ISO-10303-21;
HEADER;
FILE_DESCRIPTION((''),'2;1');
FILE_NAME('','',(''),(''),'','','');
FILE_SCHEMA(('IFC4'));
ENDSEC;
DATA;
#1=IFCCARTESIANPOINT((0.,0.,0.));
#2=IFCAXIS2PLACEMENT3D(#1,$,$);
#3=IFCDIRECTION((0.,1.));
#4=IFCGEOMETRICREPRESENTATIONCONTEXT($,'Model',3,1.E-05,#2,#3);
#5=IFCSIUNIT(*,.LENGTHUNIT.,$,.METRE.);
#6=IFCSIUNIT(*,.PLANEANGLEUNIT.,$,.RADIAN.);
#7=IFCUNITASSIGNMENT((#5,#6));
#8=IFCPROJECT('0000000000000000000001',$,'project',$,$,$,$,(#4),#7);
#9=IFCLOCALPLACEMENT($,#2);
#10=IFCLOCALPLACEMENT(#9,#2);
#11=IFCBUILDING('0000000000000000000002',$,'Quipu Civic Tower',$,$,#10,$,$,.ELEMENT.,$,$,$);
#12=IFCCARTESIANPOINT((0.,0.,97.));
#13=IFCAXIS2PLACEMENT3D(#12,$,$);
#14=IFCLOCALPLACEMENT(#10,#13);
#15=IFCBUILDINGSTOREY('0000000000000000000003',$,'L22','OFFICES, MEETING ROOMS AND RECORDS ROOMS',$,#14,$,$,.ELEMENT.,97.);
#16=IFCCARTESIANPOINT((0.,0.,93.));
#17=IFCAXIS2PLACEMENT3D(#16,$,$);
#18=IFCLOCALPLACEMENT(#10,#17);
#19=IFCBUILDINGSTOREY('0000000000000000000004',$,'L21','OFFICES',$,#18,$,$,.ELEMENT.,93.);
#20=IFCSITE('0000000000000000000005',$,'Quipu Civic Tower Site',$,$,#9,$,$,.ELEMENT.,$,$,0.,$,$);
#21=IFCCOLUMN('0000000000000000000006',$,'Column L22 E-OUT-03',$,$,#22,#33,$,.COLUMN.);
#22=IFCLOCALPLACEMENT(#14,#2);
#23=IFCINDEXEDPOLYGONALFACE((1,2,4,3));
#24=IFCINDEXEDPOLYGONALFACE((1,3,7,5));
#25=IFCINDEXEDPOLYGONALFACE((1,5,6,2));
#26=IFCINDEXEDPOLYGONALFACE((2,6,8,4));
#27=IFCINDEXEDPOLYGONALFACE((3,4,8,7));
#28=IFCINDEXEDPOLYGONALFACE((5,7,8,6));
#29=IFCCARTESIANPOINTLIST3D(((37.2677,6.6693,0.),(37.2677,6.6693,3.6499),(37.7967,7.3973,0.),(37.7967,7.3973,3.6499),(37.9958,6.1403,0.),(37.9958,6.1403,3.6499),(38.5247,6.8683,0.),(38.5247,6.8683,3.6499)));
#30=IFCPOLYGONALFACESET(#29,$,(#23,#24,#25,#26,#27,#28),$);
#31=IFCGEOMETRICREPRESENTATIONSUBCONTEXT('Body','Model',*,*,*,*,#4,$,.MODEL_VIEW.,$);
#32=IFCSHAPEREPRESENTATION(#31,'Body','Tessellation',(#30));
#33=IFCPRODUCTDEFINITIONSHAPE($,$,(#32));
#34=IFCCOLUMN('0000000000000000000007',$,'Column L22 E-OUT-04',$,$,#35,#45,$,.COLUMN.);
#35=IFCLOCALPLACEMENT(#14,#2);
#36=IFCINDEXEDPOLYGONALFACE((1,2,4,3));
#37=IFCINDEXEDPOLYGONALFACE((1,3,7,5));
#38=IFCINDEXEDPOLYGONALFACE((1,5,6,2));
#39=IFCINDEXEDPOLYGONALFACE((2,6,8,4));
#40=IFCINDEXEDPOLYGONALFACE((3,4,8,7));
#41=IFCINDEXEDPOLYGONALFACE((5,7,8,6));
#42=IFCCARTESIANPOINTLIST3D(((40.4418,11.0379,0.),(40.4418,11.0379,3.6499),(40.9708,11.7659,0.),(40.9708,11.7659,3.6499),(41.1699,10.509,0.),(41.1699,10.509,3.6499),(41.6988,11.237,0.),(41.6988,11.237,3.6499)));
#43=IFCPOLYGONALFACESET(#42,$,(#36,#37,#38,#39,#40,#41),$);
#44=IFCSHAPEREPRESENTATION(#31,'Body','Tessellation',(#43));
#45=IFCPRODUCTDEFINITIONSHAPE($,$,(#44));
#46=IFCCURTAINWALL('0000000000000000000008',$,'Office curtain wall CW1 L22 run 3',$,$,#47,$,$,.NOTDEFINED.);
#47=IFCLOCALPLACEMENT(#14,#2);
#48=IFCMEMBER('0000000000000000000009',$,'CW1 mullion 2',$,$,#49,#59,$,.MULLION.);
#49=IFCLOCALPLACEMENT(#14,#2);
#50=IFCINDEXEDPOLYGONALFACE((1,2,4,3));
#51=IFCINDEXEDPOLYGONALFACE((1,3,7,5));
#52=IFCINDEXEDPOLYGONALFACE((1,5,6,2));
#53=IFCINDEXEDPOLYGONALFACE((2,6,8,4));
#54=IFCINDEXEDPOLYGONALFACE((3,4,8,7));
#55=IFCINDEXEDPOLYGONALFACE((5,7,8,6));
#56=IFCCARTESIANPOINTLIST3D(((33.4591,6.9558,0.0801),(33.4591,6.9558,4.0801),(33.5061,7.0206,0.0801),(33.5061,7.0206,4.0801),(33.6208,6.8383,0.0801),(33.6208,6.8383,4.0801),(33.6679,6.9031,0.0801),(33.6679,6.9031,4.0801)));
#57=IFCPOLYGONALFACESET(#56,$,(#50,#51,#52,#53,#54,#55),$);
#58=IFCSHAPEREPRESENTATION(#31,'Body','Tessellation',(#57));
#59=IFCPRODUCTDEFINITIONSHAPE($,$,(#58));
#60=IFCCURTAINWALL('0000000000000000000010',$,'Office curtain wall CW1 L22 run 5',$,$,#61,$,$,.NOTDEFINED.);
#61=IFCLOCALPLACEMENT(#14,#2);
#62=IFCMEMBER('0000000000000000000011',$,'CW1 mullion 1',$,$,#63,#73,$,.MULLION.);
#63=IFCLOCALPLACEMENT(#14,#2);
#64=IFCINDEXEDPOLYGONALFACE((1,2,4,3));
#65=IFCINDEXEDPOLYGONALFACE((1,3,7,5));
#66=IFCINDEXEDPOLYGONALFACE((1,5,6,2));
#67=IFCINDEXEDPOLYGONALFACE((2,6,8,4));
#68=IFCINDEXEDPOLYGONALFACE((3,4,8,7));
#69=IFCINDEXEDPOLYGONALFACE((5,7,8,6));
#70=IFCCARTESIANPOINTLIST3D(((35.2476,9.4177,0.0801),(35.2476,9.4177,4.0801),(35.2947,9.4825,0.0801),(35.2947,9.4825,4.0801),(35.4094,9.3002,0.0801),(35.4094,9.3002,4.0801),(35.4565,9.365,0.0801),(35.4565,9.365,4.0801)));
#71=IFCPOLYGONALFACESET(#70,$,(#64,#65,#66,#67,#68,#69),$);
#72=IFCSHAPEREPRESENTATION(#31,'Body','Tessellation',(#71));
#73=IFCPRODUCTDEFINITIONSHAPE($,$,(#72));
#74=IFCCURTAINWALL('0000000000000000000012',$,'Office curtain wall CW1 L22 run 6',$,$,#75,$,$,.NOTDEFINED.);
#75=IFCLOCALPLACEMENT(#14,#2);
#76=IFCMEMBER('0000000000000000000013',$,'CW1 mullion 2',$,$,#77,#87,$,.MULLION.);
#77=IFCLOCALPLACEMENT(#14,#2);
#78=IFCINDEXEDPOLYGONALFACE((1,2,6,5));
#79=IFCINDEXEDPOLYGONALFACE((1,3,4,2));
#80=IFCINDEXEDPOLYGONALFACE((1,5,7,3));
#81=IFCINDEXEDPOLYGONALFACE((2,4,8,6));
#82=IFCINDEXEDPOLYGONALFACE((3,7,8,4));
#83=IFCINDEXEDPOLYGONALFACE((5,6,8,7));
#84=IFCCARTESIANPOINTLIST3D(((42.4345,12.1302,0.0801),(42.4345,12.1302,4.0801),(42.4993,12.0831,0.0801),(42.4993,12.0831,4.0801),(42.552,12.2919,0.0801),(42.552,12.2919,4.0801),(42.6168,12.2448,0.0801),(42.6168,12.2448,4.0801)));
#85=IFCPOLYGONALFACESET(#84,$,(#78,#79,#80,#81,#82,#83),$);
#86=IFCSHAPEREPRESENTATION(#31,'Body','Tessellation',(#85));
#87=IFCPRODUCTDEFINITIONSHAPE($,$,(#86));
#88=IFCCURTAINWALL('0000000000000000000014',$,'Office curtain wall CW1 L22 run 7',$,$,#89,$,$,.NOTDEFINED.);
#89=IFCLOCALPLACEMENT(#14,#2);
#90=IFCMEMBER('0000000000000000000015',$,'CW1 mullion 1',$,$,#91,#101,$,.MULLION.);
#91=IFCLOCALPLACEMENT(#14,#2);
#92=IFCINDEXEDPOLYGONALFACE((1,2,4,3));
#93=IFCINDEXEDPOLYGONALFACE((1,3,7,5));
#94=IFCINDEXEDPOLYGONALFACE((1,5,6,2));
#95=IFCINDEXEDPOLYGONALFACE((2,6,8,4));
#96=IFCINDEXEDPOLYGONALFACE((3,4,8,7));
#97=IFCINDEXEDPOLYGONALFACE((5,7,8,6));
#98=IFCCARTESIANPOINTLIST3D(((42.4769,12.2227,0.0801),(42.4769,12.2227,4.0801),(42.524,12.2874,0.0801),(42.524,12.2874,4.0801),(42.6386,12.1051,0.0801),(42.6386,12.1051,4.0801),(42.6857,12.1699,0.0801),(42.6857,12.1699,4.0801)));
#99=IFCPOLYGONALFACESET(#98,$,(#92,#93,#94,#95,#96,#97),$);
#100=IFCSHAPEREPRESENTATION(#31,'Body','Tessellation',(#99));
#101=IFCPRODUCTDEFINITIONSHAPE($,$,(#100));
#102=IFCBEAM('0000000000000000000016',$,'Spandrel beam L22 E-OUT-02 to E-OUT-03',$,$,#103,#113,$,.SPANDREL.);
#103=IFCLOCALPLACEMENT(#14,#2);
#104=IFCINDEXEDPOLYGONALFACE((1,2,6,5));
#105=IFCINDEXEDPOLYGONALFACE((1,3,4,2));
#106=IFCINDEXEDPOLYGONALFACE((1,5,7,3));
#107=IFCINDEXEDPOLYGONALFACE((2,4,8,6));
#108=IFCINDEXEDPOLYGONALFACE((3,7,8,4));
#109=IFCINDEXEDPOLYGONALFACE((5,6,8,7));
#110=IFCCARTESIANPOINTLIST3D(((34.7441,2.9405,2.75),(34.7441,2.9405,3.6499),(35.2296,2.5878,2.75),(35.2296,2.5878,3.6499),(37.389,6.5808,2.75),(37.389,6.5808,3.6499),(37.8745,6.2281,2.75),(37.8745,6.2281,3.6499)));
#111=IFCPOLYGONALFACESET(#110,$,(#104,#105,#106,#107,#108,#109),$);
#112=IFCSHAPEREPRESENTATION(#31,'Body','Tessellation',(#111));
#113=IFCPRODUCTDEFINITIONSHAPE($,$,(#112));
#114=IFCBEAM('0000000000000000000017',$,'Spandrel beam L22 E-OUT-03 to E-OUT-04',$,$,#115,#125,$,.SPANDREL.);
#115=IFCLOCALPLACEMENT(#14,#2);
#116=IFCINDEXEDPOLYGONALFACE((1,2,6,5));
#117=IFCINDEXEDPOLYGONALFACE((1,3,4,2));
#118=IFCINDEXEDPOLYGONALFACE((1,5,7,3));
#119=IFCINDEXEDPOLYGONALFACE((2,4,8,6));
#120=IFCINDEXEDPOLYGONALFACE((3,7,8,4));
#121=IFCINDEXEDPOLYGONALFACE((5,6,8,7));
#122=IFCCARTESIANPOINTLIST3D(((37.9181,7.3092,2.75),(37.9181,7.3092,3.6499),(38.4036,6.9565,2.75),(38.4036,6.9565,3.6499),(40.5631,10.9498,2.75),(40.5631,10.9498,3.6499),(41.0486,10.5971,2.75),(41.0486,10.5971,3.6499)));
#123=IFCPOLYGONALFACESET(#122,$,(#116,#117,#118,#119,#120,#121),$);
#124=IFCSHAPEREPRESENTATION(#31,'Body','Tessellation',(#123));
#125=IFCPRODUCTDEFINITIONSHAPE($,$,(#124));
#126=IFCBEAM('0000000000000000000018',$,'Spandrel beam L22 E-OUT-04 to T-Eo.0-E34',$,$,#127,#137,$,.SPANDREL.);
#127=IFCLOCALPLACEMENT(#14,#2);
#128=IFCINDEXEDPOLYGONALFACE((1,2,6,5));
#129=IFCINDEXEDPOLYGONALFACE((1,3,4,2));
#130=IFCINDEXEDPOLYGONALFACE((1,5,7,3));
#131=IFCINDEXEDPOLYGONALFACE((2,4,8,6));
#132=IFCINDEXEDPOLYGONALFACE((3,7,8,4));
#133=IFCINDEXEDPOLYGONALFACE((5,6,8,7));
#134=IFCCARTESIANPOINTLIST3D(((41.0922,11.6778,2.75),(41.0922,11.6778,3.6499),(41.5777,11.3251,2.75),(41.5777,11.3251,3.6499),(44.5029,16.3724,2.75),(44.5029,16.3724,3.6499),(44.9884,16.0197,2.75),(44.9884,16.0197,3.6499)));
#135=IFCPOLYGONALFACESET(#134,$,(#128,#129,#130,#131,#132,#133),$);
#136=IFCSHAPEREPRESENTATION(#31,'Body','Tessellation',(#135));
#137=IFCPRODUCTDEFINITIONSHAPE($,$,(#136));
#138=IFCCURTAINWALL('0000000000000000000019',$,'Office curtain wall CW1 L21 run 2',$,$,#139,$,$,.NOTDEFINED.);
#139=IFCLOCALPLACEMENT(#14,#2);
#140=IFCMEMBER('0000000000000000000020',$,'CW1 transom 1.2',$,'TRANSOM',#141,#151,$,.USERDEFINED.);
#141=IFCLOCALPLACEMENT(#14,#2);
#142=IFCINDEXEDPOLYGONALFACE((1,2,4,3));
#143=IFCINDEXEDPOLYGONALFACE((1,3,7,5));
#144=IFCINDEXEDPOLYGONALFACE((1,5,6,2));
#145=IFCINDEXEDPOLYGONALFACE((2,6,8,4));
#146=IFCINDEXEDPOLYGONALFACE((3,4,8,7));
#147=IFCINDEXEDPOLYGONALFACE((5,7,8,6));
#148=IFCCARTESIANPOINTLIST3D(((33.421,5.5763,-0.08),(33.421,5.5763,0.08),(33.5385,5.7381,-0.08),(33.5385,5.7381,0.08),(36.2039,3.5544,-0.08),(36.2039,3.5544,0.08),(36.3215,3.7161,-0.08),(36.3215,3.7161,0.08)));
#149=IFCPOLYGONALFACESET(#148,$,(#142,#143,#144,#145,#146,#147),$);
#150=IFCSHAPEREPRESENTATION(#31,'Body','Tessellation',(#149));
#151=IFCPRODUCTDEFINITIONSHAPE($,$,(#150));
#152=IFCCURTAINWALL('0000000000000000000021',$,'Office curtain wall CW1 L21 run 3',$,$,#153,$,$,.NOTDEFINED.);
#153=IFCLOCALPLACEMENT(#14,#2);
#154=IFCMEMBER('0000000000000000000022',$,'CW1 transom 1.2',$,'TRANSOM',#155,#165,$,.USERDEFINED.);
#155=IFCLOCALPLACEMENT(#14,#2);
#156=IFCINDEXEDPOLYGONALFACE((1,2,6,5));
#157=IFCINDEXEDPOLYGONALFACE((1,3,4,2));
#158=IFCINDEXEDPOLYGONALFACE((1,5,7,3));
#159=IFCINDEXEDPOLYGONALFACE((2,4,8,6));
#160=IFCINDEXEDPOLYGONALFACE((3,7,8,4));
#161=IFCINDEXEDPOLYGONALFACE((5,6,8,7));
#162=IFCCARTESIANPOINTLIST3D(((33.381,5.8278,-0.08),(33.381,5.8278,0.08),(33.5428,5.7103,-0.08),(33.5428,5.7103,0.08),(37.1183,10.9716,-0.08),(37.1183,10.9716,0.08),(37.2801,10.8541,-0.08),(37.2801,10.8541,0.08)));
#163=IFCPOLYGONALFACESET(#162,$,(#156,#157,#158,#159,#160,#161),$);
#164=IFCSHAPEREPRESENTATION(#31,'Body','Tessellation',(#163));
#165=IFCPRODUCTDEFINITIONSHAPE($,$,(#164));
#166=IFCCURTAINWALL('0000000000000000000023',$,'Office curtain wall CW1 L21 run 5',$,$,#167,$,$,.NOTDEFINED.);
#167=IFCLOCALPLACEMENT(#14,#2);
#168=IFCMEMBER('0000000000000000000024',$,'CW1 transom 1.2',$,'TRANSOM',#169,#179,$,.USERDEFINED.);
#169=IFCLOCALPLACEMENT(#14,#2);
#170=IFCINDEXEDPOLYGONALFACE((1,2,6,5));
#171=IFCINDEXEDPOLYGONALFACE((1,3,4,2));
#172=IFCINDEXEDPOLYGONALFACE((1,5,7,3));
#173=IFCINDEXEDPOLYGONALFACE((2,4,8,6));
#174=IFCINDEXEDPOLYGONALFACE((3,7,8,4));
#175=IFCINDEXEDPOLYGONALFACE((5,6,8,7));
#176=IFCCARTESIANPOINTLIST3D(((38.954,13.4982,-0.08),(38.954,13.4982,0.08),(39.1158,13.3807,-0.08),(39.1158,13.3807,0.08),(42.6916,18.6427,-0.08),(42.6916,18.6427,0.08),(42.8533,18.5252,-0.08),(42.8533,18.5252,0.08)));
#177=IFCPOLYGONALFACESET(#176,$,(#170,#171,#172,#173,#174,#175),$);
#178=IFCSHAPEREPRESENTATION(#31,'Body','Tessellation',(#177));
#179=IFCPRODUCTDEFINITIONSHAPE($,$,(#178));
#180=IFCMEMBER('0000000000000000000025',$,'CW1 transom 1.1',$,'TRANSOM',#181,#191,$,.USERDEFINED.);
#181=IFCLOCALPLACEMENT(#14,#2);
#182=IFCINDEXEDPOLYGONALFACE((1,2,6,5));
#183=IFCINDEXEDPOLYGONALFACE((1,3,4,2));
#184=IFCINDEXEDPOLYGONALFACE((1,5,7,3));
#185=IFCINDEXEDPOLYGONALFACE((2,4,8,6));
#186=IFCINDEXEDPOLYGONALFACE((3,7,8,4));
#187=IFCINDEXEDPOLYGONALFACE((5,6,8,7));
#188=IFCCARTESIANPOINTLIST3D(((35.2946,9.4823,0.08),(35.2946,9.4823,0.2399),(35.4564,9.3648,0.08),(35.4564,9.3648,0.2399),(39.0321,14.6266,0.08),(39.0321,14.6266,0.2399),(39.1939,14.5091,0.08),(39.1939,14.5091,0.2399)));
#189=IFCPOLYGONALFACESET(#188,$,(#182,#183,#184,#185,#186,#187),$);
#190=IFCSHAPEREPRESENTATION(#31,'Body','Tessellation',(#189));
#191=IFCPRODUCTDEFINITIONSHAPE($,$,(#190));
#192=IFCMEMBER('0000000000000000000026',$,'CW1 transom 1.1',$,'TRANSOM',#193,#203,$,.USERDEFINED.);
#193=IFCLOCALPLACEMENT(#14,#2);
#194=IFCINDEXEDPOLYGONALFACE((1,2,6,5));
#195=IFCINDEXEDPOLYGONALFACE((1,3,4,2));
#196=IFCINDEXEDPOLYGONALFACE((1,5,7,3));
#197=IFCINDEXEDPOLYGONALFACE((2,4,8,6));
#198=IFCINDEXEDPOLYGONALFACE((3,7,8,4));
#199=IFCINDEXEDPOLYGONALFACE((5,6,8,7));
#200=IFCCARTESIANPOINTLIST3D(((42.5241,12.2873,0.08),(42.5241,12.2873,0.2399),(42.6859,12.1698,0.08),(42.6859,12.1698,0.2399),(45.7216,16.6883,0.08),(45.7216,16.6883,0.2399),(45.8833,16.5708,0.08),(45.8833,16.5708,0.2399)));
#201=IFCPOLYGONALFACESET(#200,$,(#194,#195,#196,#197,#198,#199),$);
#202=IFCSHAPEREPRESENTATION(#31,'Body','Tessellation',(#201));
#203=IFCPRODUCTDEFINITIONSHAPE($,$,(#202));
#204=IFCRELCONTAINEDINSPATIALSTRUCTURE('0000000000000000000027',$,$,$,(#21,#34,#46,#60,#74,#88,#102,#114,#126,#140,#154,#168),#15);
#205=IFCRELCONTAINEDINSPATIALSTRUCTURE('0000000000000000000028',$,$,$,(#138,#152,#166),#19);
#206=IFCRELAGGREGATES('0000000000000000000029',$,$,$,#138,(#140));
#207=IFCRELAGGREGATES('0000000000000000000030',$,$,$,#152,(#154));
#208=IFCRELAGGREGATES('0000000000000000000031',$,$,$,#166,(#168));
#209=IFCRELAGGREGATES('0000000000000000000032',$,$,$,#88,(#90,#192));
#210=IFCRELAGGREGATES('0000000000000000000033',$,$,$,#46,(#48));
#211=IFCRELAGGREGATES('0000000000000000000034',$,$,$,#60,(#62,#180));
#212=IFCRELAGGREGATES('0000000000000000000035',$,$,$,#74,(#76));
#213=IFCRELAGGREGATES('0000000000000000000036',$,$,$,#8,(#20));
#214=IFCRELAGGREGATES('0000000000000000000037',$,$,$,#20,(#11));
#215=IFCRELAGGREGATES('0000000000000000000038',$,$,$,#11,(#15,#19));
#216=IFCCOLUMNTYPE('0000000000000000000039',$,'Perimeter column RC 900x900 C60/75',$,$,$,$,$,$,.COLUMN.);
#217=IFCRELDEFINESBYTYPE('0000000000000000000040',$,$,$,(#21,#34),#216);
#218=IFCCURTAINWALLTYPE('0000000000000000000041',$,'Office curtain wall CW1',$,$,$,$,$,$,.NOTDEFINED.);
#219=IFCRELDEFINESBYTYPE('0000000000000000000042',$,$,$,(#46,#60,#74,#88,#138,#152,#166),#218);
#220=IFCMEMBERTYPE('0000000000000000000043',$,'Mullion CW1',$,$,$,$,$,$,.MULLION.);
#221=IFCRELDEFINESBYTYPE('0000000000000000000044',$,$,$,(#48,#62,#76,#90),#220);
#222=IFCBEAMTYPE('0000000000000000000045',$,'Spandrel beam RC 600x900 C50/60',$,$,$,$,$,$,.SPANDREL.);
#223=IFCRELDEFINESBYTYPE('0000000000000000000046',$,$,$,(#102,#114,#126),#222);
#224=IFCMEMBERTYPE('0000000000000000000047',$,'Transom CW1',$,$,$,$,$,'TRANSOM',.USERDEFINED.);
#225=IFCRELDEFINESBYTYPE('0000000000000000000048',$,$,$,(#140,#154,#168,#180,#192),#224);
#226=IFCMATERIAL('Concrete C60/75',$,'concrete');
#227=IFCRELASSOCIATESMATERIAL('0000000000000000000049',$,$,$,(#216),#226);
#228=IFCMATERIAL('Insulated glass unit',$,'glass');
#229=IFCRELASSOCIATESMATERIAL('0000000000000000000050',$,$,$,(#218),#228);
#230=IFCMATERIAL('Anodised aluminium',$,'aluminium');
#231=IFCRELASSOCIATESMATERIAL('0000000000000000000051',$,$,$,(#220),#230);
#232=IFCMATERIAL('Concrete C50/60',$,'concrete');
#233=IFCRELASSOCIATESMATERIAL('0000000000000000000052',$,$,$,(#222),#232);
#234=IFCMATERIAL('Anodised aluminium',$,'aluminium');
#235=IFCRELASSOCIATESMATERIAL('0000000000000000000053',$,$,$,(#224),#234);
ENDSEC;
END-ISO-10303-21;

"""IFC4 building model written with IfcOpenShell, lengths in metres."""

from ifc_helpers import new_model, si_unit, direction, frame, origin, origin_2d, place, context, subcontext, project, spatial, rectangle, extrude, material, material_profile, profile_set, type_object, element, aggregate, save


model = new_model("IFC4")

# Units and contexts
model_context = context("Model", 3, precision=1e-05, world=origin(), true_north=direction((0.0, 1.0)))
body_context = subcontext(model_context, "Body", "Model", "MODEL_VIEW")
ifc_project = project(units=[si_unit("LENGTHUNIT", "METRE"), si_unit("PLANEANGLEUNIT", "RADIAN")], contexts=[model_context])

# Site, building, storey
site_placement = place(None, origin())
site = spatial("IfcSite", under=ifc_project, at=site_placement, Name="Quipu Civic Tower Site", CompositionType="ELEMENT", RefElevation=0.0)
building_placement = place(site_placement, origin())
building = spatial("IfcBuilding", under=site, at=building_placement, Name="Quipu Civic Tower", CompositionType="ELEMENT")
storey_1_placement = place(building_placement, frame((0.0, 0.0, 97.0)))
storey_1 = spatial("IfcBuildingStorey", under=building, at=storey_1_placement, Name="L22", Description="OFFICES, MEETING ROOMS AND RECORDS ROOMS", CompositionType="ELEMENT", Elevation=97.0)

# Columns
ifc_material_1 = material(Name="Concrete C60/75", Category="concrete")
ifc_material_profile_1 = material_profile(ifc_material_1, rectangle(XDim=0.8999, YDim=0.8999, at=origin_2d()), Name="RC900x900")
ifc_profile_set_1 = profile_set([ifc_material_profile_1], Name="Concrete C60/75")
column_type = type_object("IfcColumnType", Name="Perimeter column RC 900x900 C60/75", PredefinedType="COLUMN", material=ifc_profile_set_1)
for number, where, z_axis, x_axis, name in (
    (1, (37.8962, 6.7688, 0.0), (0.0, 0.0, 1.0), (0.587785, 0.809017, 0.0), "Column L22 E-OUT-03"),
    (2, (41.0703, 11.1375, 0.0), (0.0, 0.0, 1.0), (0.587785, 0.809017, 0.0), "Column L22 E-OUT-04"),
):
    element("IfcColumn", number, at=place(storey_1_placement, frame(where, z_axis=z_axis, x_axis=x_axis)), inside=storey_1, type_object=column_type, Name=name, PredefinedType="COLUMN", context=body_context, shape_type="SweptSolid", body=[
        extrude(rectangle(XDim=0.8999, YDim=0.8999, at=origin_2d()), origin(), (0.0, 0.0, 1.0), 3.6499),
    ])

# Curtain walls, members
ifc_material_2 = material(Name="Insulated glass unit", Category="glass")
curtain_wall_type = type_object("IfcCurtainWallType", Name="Office curtain wall CW1", PredefinedType="NOTDEFINED", material=ifc_material_2)
curtain_wall_1_placement = place(storey_1_placement, origin())
curtain_wall_1 = element("IfcCurtainWall", 3, at=curtain_wall_1_placement, inside=storey_1, type_object=curtain_wall_type, Name="Office curtain wall CW1 L22 run 3", PredefinedType="NOTDEFINED")
ifc_material_3 = material(Name="Anodised aluminium", Category="aluminium")
ifc_material_profile_2 = material_profile(ifc_material_3, rectangle(XDim=0.2, YDim=0.0801, at=origin_2d()), Name="RECT 200x80")
ifc_profile_set_2 = profile_set([ifc_material_profile_2], Name="Anodised aluminium")
member_type_1 = type_object("IfcMemberType", Name="Mullion CW1", PredefinedType="MULLION", material=ifc_profile_set_2)
member_1_placement = place(storey_1_placement, frame((33.5635, 6.9294, 0.0801), z_axis=(0.0, 0.0, 1.0), x_axis=(-0.809019, 0.587783, 0.0)))
member_1 = element("IfcMember", 4, at=member_1_placement, type_object=member_type_1, Name="CW1 mullion 2", PredefinedType="MULLION", context=body_context, shape_type="SweptSolid", body=[
    extrude(rectangle(XDim=0.2, YDim=0.0801, at=origin_2d()), origin(), (0.0, 0.0, 1.0), 4.0),
])
curtain_wall_2_placement = place(storey_1_placement, origin())
curtain_wall_2 = element("IfcCurtainWall", 5, at=curtain_wall_2_placement, inside=storey_1, type_object=curtain_wall_type, Name="Office curtain wall CW1 L22 run 5", PredefinedType="NOTDEFINED")
member_2_placement = place(storey_1_placement, frame((35.3521, 9.3914, 0.0801), z_axis=(0.0, 0.0, 1.0), x_axis=(-0.809022, 0.587778, 0.0)))
member_2 = element("IfcMember", 6, at=member_2_placement, type_object=member_type_1, Name="CW1 mullion 1", PredefinedType="MULLION", context=body_context, shape_type="SweptSolid", body=[
    extrude(rectangle(XDim=0.2, YDim=0.0801, at=origin_2d()), origin(), (0.0, 0.0, 1.0), 4.0),
])
curtain_wall_3_placement = place(storey_1_placement, origin())
curtain_wall_3 = element("IfcCurtainWall", 7, at=curtain_wall_3_placement, inside=storey_1, type_object=curtain_wall_type, Name="Office curtain wall CW1 L22 run 6", PredefinedType="NOTDEFINED")
member_3_placement = place(storey_1_placement, frame((42.5256, 12.1875, 0.0801), z_axis=(0.0, 0.0, 1.0), x_axis=(0.587782, 0.809019, 0.0)))
member_3 = element("IfcMember", 8, at=member_3_placement, type_object=member_type_1, Name="CW1 mullion 2", PredefinedType="MULLION", context=body_context, shape_type="SweptSolid", body=[
    extrude(rectangle(XDim=0.2, YDim=0.0801, at=origin_2d()), origin(), (0.0, 0.0, 1.0), 4.0),
])
curtain_wall_4_placement = place(storey_1_placement, origin())
curtain_wall_4 = element("IfcCurtainWall", 9, at=curtain_wall_4_placement, inside=storey_1, type_object=curtain_wall_type, Name="Office curtain wall CW1 L22 run 7", PredefinedType="NOTDEFINED")
member_4_placement = place(storey_1_placement, frame((42.5813, 12.1963, 0.0801), z_axis=(0.0, 0.0, 1.0), x_axis=(-0.809011, 0.587794, 0.0)))
member_4 = element("IfcMember", 10, at=member_4_placement, type_object=member_type_1, Name="CW1 mullion 1", PredefinedType="MULLION", context=body_context, shape_type="SweptSolid", body=[
    extrude(rectangle(XDim=0.2, YDim=0.0801, at=origin_2d()), origin(), (0.0, 0.0, 1.0), 4.0),
])

# Beams
ifc_material_4 = material(Name="Concrete C50/60", Category="concrete")
ifc_material_profile_3 = material_profile(ifc_material_4, rectangle(XDim=0.6001, YDim=0.8999, at=origin_2d()), Name="RC600x900")
ifc_profile_set_3 = profile_set([ifc_material_profile_3], Name="Concrete C50/60")
beam_type = type_object("IfcBeamType", Name="Spandrel beam RC 600x900 C50/60", PredefinedType="SPANDREL", material=ifc_profile_set_3)
beam_1_placement = place(storey_1_placement, frame((34.9868, 2.7642, 3.2), z_axis=(0.587804, 0.809003, 0.0), x_axis=(-0.809003, 0.587804, 0.0)))
element("IfcBeam", 11, at=beam_1_placement, inside=storey_1, type_object=beam_type, Name="Spandrel beam L22 E-OUT-02 to E-OUT-03", PredefinedType="SPANDREL", context=body_context, shape_type="SweptSolid", body=[
    extrude(rectangle(XDim=0.6001, YDim=0.8999, at=origin_2d()), origin(), (0.0, 0.0, 1.0), 4.4998),
])
beam_2_placement = place(storey_1_placement, frame((38.1609, 7.1328, 3.2), z_axis=(0.587778, 0.809022, 0.0), x_axis=(-0.809022, 0.587778, 0.0)))
element("IfcBeam", 12, at=beam_2_placement, inside=storey_1, type_object=beam_type, Name="Spandrel beam L22 E-OUT-03 to E-OUT-04", PredefinedType="SPANDREL", context=body_context, shape_type="SweptSolid", body=[
    extrude(rectangle(XDim=0.6001, YDim=0.8999, at=origin_2d()), origin(), (0.0, 0.0, 1.0), 4.5),
])
beam_3_placement = place(storey_1_placement, frame((41.335, 11.5015, 3.2), z_axis=(0.587766, 0.809031, 0.0), x_axis=(-0.809031, 0.587766, 0.0)))
element("IfcBeam", 13, at=beam_3_placement, inside=storey_1, type_object=beam_type, Name="Spandrel beam L22 E-OUT-04 to T-Eo.0-E34", PredefinedType="SPANDREL", context=body_context, shape_type="SweptSolid", body=[
    extrude(rectangle(XDim=0.6001, YDim=0.8999, at=origin_2d()), origin(), (0.0, 0.0, 1.0), 5.8027),
])

# Shared definitions
storey_2_placement = place(building_placement, frame((0.0, 0.0, 93.0)))
storey_2 = spatial("IfcBuildingStorey", under=building, at=storey_2_placement, Name="L21", Description="OFFICES", CompositionType="ELEMENT", Elevation=93.0)

# Curtain walls, members
curtain_wall_5_placement = place(storey_2_placement, origin())
curtain_wall_5 = element("IfcCurtainWall", 14, at=curtain_wall_5_placement, inside=storey_2, type_object=curtain_wall_type, Name="Office curtain wall CW1 L21 run 2", PredefinedType="NOTDEFINED")
ifc_material_5 = material(Name="Anodised aluminium", Category="aluminium")
ifc_material_profile_4 = material_profile(ifc_material_5, rectangle(XDim=0.2, YDim=0.1599, at=origin_2d()), Name="RECT 200x160")
ifc_profile_set_4 = profile_set([ifc_material_profile_4], Name="Anodised aluminium")
member_type_2 = type_object("IfcMemberType", Name="Transom CW1", ElementType="TRANSOM", PredefinedType="USERDEFINED", material=ifc_profile_set_4)
member_5_placement = place(storey_1_placement, frame((36.2627, 3.6353, 0.0), z_axis=(-0.809012, 0.587792, 0.0), x_axis=(-0.587792, -0.809012, 0.0)))
member_5 = element("IfcMember", 15, at=member_5_placement, inside=storey_1, type_object=member_type_2, Name="CW1 transom 1.2", ObjectType="TRANSOM", PredefinedType="USERDEFINED", context=body_context, shape_type="SweptSolid", body=[
    extrude(rectangle(XDim=0.2, YDim=0.1599, at=origin_2d()), origin(), (0.0, 0.0, 1.0), 3.4399),
])
aggregate(curtain_wall_5, [member_5])
curtain_wall_6_placement = place(storey_2_placement, origin())
curtain_wall_6 = element("IfcCurtainWall", 16, at=curtain_wall_6_placement, inside=storey_2, type_object=curtain_wall_type, Name="Office curtain wall CW1 L21 run 3", PredefinedType="NOTDEFINED")
member_6_placement = place(storey_1_placement, frame((33.4619, 5.769, 0.0), z_axis=(0.587797, 0.809008, 0.0), x_axis=(-0.809008, 0.587797, 0.0)))
member_6 = element("IfcMember", 17, at=member_6_placement, inside=storey_1, type_object=member_type_2, Name="CW1 transom 1.2", ObjectType="TRANSOM", PredefinedType="USERDEFINED", context=body_context, shape_type="SweptSolid", body=[
    extrude(rectangle(XDim=0.2, YDim=0.1599, at=origin_2d()), origin(), (0.0, 0.0, 1.0), 6.3582),
])
aggregate(curtain_wall_6, [member_6])
curtain_wall_7_placement = place(storey_2_placement, origin())
curtain_wall_7 = element("IfcCurtainWall", 18, at=curtain_wall_7_placement, inside=storey_2, type_object=curtain_wall_type, Name="Office curtain wall CW1 L21 run 5", PredefinedType="NOTDEFINED")
member_7_placement = place(storey_1_placement, frame((39.0349, 13.4395, 0.0), z_axis=(0.587768, 0.80903, 0.0), x_axis=(-0.80903, 0.587768, 0.0)))
member_7 = element("IfcMember", 19, at=member_7_placement, inside=storey_1, type_object=member_type_2, Name="CW1 transom 1.2", ObjectType="TRANSOM", PredefinedType="USERDEFINED", context=body_context, shape_type="SweptSolid", body=[
    extrude(rectangle(XDim=0.2, YDim=0.1599, at=origin_2d()), origin(), (0.0, 0.0, 1.0), 6.3589),
])
aggregate(curtain_wall_7, [member_7])

# Members
member_8_placement = place(storey_1_placement, frame((35.3755, 9.4236, 0.1599), z_axis=(0.587786, 0.809017, 0.0), x_axis=(-0.809017, 0.587786, 0.0)))
member_8 = element("IfcMember", 20, at=member_8_placement, type_object=member_type_2, Name="CW1 transom 1.1", ObjectType="TRANSOM", PredefinedType="USERDEFINED", context=body_context, shape_type="SweptSolid", body=[
    extrude(rectangle(XDim=0.2, YDim=0.1599, at=origin_2d()), origin(), (0.0, 0.0, 1.0), 6.3586),
])
member_9_placement = place(storey_1_placement, frame((42.605, 12.2285, 0.1599), z_axis=(0.587774, 0.809025, 0.0), x_axis=(-0.809025, 0.587774, 0.0)))
member_9 = element("IfcMember", 21, at=member_9_placement, type_object=member_type_2, Name="CW1 transom 1.1", ObjectType="TRANSOM", PredefinedType="USERDEFINED", context=body_context, shape_type="SweptSolid", body=[
    extrude(rectangle(XDim=0.2, YDim=0.1599, at=origin_2d()), origin(), (0.0, 0.0, 1.0), 5.4399),
])
aggregate(curtain_wall_4, [member_4, member_9])

aggregate(curtain_wall_1, [member_1])
aggregate(curtain_wall_2, [member_2, member_8])
aggregate(curtain_wall_3, [member_3])

save(model, "model.ifc")
